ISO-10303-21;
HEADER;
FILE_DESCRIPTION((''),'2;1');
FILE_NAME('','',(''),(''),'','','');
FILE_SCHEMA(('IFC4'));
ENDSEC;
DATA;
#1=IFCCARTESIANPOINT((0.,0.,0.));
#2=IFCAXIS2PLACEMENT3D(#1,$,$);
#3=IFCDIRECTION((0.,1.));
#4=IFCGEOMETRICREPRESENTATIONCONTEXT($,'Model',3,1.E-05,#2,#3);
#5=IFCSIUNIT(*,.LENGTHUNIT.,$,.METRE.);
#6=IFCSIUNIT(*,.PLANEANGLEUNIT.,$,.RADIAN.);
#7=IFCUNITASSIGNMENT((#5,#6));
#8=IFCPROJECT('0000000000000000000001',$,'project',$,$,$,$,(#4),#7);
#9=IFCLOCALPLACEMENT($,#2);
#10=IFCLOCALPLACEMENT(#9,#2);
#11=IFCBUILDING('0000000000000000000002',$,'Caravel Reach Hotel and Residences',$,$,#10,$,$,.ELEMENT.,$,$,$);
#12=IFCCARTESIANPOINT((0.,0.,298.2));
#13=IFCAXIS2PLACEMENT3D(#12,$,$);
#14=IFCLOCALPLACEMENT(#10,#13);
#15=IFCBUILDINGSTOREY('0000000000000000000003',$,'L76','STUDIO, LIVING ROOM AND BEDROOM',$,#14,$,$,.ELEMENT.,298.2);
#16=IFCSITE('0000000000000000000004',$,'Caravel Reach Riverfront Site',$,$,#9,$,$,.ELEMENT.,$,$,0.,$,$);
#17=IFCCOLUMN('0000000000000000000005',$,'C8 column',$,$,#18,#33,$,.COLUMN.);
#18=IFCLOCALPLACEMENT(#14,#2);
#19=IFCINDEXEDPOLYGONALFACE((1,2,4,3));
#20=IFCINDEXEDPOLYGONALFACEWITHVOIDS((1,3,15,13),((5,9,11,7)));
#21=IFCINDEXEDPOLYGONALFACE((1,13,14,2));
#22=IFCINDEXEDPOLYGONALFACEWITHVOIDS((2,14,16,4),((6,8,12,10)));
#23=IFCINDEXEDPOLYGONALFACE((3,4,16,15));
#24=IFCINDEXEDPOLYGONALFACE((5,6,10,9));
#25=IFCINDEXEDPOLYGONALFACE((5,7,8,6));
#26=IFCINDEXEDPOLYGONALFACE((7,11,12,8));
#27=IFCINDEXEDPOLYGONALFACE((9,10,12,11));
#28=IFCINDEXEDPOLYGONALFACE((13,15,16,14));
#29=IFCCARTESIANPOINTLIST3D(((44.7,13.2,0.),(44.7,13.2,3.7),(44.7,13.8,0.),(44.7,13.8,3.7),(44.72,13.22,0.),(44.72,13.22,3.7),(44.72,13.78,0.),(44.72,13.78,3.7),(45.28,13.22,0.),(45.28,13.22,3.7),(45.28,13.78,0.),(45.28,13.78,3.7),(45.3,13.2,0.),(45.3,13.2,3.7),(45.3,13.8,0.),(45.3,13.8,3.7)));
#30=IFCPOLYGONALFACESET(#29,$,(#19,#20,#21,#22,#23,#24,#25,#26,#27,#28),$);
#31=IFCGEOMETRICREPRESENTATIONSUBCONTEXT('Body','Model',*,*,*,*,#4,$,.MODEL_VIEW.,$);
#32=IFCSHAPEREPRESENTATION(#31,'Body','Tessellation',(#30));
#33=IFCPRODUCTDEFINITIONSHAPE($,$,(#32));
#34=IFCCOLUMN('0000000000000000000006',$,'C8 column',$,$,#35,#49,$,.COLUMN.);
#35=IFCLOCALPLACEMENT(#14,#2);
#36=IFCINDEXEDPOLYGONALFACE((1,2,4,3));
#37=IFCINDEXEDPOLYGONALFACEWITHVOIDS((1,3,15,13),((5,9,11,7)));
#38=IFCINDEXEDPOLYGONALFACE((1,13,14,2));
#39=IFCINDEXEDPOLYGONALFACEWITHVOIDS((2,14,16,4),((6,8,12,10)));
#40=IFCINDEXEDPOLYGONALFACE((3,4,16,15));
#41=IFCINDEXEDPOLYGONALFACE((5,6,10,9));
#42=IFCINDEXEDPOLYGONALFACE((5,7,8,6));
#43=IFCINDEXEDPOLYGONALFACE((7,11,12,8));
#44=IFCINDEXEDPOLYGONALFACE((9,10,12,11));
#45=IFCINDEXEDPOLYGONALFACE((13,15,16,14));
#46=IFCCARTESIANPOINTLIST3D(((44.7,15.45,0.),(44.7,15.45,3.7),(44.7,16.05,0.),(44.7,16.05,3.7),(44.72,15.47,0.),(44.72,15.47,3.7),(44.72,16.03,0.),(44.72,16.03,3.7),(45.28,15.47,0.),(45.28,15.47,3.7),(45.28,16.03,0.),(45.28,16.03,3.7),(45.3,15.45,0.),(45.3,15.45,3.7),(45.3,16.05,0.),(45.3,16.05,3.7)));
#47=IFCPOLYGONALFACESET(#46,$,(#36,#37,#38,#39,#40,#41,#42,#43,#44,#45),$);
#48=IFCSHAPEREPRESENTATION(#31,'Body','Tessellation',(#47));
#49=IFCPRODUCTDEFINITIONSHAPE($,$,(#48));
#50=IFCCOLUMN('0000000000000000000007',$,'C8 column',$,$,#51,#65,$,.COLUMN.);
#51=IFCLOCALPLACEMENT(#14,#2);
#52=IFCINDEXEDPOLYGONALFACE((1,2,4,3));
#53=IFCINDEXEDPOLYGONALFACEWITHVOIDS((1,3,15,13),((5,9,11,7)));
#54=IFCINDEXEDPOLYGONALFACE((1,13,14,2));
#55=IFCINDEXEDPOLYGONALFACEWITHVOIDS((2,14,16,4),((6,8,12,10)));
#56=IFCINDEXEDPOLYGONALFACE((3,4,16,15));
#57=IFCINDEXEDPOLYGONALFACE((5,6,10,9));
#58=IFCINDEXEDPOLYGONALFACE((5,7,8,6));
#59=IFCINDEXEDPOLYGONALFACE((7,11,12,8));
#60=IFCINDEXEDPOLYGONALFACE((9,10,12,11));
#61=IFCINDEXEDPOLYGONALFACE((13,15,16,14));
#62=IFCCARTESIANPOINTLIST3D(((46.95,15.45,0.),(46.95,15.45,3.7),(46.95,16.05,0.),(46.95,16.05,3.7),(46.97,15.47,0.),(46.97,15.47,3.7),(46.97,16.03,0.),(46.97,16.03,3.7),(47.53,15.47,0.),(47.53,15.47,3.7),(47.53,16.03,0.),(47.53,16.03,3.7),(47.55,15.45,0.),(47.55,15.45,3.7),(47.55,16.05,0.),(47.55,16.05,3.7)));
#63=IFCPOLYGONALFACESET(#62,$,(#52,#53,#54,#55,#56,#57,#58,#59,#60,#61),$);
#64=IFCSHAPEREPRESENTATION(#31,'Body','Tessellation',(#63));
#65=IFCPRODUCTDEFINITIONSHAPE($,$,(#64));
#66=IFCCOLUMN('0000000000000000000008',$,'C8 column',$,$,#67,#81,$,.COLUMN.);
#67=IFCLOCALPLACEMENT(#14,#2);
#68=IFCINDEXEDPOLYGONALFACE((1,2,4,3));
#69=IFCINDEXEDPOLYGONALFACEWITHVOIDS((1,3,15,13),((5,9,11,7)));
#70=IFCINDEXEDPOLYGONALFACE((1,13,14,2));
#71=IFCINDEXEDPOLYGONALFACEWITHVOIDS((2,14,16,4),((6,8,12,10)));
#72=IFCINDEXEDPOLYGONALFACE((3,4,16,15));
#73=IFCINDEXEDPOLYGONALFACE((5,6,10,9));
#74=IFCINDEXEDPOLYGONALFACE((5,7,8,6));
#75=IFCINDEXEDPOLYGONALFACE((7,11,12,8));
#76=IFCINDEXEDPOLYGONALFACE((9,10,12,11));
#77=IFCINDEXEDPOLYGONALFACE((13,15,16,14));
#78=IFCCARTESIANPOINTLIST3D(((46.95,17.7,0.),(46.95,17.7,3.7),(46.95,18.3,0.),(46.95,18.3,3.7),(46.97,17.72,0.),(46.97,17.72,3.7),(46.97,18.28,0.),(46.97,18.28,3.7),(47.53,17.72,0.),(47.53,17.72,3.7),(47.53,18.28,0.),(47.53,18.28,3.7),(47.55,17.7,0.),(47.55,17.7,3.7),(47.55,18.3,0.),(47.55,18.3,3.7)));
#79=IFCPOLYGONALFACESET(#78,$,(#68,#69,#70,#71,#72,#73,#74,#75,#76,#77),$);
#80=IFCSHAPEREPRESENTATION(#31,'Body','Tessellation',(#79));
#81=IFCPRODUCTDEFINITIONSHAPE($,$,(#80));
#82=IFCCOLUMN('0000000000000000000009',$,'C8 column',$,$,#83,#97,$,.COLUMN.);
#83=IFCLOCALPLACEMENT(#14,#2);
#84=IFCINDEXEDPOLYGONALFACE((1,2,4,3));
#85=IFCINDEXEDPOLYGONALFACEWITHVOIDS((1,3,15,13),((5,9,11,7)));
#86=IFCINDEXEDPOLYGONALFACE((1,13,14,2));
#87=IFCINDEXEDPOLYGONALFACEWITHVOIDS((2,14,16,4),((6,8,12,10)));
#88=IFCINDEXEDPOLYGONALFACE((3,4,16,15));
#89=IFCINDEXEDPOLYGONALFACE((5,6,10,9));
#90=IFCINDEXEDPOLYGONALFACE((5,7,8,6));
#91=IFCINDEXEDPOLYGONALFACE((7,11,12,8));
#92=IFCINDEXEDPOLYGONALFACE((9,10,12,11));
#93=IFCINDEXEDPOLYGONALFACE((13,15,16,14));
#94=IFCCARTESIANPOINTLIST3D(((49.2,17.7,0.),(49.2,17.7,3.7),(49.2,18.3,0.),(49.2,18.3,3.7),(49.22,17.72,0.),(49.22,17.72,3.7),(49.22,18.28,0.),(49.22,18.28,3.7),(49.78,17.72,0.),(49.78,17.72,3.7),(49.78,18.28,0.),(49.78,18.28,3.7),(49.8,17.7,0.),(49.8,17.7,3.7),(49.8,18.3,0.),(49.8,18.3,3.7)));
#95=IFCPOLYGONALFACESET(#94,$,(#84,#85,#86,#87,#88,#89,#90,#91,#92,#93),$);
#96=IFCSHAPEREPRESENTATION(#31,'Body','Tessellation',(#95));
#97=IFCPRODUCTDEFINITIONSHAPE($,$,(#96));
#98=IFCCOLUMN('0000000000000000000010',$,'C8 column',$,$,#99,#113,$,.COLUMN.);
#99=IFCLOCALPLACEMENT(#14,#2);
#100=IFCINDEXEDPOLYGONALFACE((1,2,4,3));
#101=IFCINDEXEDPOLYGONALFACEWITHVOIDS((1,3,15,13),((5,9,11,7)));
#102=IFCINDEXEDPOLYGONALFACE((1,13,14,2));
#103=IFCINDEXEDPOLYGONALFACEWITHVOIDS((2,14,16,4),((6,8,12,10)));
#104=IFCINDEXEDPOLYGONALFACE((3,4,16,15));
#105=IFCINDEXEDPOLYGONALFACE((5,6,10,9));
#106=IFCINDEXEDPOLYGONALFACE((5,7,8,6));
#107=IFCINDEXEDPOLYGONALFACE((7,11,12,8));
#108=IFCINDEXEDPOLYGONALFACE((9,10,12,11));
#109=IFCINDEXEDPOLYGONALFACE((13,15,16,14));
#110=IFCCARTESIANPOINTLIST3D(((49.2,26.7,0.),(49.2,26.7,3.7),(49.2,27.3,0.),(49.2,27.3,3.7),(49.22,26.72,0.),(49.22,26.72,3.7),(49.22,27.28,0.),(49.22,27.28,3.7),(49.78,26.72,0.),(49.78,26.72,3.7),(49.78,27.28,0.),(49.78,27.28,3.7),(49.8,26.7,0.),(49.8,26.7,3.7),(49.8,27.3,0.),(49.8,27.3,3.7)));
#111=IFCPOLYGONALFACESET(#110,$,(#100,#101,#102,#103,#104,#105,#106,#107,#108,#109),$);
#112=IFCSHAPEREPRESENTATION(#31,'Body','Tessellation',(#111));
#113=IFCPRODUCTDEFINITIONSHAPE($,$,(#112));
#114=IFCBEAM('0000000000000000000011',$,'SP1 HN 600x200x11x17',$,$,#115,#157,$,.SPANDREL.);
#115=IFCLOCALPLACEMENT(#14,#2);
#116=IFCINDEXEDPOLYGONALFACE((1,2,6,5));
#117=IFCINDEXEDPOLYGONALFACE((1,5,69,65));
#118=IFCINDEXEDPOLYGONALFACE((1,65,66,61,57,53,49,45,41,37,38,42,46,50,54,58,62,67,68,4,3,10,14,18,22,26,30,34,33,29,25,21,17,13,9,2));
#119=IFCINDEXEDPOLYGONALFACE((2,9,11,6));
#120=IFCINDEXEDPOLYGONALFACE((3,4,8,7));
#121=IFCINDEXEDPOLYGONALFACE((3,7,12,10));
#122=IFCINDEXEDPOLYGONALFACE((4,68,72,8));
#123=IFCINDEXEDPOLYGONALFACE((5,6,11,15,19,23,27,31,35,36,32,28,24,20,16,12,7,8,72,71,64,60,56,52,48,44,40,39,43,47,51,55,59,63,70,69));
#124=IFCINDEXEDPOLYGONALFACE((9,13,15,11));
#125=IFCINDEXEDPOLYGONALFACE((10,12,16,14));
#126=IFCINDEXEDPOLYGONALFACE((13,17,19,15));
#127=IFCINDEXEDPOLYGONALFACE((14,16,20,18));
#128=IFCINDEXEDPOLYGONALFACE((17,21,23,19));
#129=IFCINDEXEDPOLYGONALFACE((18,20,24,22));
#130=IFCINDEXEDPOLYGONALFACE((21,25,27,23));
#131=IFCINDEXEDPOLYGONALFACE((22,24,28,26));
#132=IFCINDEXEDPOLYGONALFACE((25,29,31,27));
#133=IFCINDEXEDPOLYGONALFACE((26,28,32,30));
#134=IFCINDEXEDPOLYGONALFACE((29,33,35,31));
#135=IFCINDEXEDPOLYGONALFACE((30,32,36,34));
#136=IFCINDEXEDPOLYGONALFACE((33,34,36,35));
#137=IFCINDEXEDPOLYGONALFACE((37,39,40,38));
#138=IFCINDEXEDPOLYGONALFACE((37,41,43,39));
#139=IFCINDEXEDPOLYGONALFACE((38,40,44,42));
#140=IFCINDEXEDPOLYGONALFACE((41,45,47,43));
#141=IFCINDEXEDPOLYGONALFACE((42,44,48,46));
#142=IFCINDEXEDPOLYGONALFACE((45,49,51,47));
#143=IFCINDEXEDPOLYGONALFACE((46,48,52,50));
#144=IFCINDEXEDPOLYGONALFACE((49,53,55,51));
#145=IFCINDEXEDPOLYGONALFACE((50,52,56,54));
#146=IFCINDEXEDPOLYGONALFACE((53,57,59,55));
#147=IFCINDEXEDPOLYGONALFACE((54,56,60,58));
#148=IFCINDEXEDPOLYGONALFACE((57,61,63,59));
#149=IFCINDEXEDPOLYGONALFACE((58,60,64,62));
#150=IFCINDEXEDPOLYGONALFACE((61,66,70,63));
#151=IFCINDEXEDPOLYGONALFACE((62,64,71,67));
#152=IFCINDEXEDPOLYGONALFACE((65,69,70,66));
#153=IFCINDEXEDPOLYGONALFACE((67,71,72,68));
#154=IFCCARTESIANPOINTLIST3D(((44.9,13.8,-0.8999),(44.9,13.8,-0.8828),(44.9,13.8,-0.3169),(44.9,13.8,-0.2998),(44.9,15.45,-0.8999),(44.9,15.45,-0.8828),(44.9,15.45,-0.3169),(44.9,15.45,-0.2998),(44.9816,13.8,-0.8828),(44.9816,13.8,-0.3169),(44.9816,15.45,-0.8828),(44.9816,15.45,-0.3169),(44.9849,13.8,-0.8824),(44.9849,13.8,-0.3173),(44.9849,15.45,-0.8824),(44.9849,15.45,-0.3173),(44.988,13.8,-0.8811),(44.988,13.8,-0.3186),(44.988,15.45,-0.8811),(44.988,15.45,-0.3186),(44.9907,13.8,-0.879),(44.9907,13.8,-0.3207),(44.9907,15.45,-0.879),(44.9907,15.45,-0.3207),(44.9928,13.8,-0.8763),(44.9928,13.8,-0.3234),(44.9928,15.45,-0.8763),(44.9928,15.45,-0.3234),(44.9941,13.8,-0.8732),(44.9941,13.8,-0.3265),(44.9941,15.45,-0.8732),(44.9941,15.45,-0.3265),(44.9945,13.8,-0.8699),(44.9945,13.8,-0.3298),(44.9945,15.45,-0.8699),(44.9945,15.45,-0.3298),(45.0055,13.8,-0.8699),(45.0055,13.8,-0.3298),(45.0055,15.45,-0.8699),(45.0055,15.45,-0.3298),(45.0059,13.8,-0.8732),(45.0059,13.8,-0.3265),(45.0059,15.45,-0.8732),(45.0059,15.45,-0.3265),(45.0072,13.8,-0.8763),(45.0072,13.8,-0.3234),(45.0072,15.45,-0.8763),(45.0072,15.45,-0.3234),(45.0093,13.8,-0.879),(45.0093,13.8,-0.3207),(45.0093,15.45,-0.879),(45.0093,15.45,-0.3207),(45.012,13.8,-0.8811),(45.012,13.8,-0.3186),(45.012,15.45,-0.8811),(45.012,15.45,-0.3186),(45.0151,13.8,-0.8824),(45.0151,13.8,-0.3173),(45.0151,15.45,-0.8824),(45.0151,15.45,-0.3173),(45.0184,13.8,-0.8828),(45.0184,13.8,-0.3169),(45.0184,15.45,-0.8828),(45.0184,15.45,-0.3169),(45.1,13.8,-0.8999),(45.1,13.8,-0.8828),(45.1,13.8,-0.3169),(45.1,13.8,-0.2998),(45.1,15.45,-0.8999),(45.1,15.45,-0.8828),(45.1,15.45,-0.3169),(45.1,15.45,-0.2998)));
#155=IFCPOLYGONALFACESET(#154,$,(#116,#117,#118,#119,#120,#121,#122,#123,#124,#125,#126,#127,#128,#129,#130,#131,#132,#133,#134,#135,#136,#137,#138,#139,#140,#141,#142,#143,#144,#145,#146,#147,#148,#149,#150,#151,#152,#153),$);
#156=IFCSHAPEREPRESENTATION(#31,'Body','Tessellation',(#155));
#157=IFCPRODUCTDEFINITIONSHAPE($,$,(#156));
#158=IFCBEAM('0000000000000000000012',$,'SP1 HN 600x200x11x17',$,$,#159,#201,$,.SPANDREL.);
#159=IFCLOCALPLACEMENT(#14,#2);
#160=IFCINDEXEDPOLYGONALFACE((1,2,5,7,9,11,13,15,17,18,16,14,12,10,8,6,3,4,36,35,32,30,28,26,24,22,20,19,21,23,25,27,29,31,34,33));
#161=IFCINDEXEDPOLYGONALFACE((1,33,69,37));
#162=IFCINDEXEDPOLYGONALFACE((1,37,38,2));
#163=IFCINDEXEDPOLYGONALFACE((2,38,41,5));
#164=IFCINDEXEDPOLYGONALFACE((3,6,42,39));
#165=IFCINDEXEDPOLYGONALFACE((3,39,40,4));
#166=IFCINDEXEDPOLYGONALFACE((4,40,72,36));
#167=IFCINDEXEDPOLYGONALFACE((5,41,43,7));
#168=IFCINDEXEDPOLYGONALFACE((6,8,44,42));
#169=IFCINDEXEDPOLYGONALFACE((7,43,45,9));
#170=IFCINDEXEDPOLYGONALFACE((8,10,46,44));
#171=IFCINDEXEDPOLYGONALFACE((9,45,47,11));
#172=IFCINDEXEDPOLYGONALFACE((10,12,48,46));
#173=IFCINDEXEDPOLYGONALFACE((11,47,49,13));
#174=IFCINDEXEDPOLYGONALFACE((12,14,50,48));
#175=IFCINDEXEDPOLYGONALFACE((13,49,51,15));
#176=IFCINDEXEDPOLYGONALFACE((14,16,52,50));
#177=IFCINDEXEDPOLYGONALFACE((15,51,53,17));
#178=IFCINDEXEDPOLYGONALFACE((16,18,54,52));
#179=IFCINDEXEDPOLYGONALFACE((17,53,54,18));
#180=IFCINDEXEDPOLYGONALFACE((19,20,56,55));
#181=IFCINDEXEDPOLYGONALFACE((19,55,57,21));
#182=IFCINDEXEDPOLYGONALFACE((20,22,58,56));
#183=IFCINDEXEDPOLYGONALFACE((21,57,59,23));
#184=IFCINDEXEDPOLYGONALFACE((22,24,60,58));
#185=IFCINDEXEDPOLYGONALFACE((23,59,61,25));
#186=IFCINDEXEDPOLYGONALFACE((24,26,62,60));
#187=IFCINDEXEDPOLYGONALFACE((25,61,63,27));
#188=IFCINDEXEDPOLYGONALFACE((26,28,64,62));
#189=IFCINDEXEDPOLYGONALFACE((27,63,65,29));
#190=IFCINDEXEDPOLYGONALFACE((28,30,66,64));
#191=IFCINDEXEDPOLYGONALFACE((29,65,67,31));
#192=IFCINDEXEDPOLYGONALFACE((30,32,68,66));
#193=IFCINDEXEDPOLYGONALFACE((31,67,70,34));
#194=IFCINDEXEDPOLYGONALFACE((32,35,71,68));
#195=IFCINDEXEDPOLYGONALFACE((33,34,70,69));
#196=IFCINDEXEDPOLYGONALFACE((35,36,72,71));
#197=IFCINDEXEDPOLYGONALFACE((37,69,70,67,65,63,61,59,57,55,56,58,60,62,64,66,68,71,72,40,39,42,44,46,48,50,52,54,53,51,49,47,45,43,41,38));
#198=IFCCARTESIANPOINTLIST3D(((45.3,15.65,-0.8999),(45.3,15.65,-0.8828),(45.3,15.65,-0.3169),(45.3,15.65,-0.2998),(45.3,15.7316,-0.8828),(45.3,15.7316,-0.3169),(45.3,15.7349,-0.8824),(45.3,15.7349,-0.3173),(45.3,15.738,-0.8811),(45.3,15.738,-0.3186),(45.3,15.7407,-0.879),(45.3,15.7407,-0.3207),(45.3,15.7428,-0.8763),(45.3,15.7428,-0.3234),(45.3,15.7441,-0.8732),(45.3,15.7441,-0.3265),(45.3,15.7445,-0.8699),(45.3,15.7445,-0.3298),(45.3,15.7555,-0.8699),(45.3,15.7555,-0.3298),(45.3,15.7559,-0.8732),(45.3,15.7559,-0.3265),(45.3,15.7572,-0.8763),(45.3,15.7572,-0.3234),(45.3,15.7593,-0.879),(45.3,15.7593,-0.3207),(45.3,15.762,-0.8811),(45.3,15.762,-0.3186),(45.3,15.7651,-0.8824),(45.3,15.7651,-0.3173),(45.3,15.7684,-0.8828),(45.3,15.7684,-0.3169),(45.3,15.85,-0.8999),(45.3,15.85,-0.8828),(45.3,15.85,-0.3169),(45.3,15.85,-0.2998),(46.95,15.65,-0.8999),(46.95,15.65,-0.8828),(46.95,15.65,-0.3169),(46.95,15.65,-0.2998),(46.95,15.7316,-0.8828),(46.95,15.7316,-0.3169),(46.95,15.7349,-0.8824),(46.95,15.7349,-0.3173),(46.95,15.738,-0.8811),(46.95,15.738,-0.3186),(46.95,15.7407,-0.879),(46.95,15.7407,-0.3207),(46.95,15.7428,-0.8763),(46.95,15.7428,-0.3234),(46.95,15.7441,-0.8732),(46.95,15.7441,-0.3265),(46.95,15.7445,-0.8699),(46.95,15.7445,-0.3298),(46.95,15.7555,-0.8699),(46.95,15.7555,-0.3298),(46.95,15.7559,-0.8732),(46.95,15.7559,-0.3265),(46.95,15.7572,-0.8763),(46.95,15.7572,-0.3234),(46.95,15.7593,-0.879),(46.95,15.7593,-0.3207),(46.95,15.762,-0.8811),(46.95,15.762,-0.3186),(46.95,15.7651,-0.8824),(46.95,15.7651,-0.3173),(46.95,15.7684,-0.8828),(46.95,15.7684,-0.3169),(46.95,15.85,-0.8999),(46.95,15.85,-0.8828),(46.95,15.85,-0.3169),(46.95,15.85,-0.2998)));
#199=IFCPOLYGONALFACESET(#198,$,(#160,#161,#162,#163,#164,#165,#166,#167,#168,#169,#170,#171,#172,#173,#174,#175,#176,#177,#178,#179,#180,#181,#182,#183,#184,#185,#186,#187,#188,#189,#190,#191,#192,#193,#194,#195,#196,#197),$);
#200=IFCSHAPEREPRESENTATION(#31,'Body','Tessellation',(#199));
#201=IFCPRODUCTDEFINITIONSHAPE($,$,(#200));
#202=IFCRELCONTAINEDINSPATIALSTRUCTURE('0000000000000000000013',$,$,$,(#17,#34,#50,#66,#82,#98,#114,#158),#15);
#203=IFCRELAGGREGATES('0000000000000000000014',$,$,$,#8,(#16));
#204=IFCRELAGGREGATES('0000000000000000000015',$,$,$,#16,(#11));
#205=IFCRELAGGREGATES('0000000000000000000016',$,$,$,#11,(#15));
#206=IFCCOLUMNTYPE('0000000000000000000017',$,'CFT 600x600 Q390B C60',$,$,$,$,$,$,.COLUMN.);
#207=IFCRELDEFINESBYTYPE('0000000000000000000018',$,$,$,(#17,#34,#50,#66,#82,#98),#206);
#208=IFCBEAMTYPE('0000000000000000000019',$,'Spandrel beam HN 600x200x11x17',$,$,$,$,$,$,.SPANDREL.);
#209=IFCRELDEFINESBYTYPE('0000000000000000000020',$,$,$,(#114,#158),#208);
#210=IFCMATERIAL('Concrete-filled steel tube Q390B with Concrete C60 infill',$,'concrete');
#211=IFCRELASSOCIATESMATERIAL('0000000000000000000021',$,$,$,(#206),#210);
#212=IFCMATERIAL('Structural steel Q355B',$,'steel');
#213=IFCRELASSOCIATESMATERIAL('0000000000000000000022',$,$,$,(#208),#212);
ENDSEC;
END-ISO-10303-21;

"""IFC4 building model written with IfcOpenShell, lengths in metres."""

from ifc_helpers import new_model, si_unit, direction, frame, origin, origin_2d, place, context, subcontext, project, spatial, hollow_rectangle, i_section, extrude, material, material_profile, profile_set, type_object, element, save


model = new_model("IFC4")

# Units and contexts
model_context = context("Model", 3, precision=1e-05, world=origin(), true_north=direction((0.0, 1.0)))
body_context = subcontext(model_context, "Body", "Model", "MODEL_VIEW")
ifc_project = project(units=[si_unit("LENGTHUNIT", "METRE"), si_unit("PLANEANGLEUNIT", "RADIAN")], contexts=[model_context])

# Site, building, storey
site_placement = place(None, origin())
site = spatial("IfcSite", under=ifc_project, at=site_placement, Name="Caravel Reach Riverfront Site", CompositionType="ELEMENT", RefElevation=0.0)
building_placement = place(site_placement, origin())
building = spatial("IfcBuilding", under=site, at=building_placement, Name="Caravel Reach Hotel and Residences", CompositionType="ELEMENT")
storey_placement = place(building_placement, frame((0.0, 0.0, 298.2)))
storey = spatial("IfcBuildingStorey", under=building, at=storey_placement, Name="L76", Description="STUDIO, LIVING ROOM AND BEDROOM", CompositionType="ELEMENT", Elevation=298.2)

# Columns
ifc_material_1 = material(Name="Concrete-filled steel tube Q390B with Concrete C60 infill", Category="concrete")
ifc_material_profile_1 = material_profile(ifc_material_1, hollow_rectangle(XDim=0.6001, YDim=0.6001, WallThickness=0.02, at=origin_2d()), Name="RHS 600x600x20")
ifc_profile_set_1 = profile_set([ifc_material_profile_1], Name="Concrete-filled steel tube Q390B with Concrete C60 infill")
column_type = type_object("IfcColumnType", Name="CFT 600x600 Q390B C60", PredefinedType="COLUMN", material=ifc_profile_set_1)
for number, where, z_axis, x_axis, name in (
    (1, (45.0, 13.5, 0.0), (0.0, 0.0, 1.0), (1.0, 0.0, 0.0), "C8 column"),
    (2, (45.0, 15.75, 0.0), (0.0, 0.0, 1.0), (1.0, 0.0, 0.0), "C8 column"),
    (3, (47.25, 15.75, 0.0), (0.0, 0.0, 1.0), (1.0, 0.0, 0.0), "C8 column"),
    (4, (47.25, 18.0, 0.0), (0.0, 0.0, 1.0), (1.0, 0.0, 0.0), "C8 column"),
    (5, (49.5, 18.0, 0.0), (0.0, 0.0, 1.0), (1.0, 0.0, 0.0), "C8 column"),
    (6, (49.5, 27.0, 0.0), (0.0, 0.0, 1.0), (1.0, 0.0, 0.0), "C8 column"),
):
    element("IfcColumn", number, at=place(storey_placement, frame(where, z_axis=z_axis, x_axis=x_axis)), inside=storey, type_object=column_type, Name=name, PredefinedType="COLUMN", context=body_context, shape_type="SweptSolid", body=[
        extrude(hollow_rectangle(XDim=0.6001, YDim=0.6001, WallThickness=0.02, at=origin_2d()), origin(), (0.0, 0.0, 1.0), 3.7),
    ])

# Beams
ifc_material_2 = material(Name="Structural steel Q355B", Category="steel")
ifc_material_profile_2 = material_profile(ifc_material_2, i_section(OverallWidth=0.2, OverallDepth=0.6001, WebThickness=0.011, FlangeThickness=0.0171, FilletRadius=0.0129, at=origin_2d()), Name="HN 600x200x11x17")
ifc_profile_set_2 = profile_set([ifc_material_profile_2], Name="Structural steel Q355B")
beam_type = type_object("IfcBeamType", Name="Spandrel beam HN 600x200x11x17", PredefinedType="SPANDREL", material=ifc_profile_set_2)
for number, where, z_axis, x_axis, name in (
    (7, (45.0, 13.8, -0.5999), (0.0, 1.0, 0.0), (-1.0, 0.0, 0.0), "SP1 HN 600x200x11x17"),
    (8, (45.3, 15.75, -0.5999), (1.0, 0.0, 0.0), (0.0, 1.0, 0.0), "SP1 HN 600x200x11x17"),
):
    element("IfcBeam", number, at=place(storey_placement, frame(where, z_axis=z_axis, x_axis=x_axis)), inside=storey, type_object=beam_type, Name=name, PredefinedType="SPANDREL", context=body_context, shape_type="SweptSolid", body=[
        extrude(i_section(OverallWidth=0.2, OverallDepth=0.6001, WebThickness=0.011, FlangeThickness=0.0171, FilletRadius=0.0129, at=origin_2d()), origin(), (0.0, 0.0, 1.0), 1.6499),
    ])

save(model, "model.ifc")
